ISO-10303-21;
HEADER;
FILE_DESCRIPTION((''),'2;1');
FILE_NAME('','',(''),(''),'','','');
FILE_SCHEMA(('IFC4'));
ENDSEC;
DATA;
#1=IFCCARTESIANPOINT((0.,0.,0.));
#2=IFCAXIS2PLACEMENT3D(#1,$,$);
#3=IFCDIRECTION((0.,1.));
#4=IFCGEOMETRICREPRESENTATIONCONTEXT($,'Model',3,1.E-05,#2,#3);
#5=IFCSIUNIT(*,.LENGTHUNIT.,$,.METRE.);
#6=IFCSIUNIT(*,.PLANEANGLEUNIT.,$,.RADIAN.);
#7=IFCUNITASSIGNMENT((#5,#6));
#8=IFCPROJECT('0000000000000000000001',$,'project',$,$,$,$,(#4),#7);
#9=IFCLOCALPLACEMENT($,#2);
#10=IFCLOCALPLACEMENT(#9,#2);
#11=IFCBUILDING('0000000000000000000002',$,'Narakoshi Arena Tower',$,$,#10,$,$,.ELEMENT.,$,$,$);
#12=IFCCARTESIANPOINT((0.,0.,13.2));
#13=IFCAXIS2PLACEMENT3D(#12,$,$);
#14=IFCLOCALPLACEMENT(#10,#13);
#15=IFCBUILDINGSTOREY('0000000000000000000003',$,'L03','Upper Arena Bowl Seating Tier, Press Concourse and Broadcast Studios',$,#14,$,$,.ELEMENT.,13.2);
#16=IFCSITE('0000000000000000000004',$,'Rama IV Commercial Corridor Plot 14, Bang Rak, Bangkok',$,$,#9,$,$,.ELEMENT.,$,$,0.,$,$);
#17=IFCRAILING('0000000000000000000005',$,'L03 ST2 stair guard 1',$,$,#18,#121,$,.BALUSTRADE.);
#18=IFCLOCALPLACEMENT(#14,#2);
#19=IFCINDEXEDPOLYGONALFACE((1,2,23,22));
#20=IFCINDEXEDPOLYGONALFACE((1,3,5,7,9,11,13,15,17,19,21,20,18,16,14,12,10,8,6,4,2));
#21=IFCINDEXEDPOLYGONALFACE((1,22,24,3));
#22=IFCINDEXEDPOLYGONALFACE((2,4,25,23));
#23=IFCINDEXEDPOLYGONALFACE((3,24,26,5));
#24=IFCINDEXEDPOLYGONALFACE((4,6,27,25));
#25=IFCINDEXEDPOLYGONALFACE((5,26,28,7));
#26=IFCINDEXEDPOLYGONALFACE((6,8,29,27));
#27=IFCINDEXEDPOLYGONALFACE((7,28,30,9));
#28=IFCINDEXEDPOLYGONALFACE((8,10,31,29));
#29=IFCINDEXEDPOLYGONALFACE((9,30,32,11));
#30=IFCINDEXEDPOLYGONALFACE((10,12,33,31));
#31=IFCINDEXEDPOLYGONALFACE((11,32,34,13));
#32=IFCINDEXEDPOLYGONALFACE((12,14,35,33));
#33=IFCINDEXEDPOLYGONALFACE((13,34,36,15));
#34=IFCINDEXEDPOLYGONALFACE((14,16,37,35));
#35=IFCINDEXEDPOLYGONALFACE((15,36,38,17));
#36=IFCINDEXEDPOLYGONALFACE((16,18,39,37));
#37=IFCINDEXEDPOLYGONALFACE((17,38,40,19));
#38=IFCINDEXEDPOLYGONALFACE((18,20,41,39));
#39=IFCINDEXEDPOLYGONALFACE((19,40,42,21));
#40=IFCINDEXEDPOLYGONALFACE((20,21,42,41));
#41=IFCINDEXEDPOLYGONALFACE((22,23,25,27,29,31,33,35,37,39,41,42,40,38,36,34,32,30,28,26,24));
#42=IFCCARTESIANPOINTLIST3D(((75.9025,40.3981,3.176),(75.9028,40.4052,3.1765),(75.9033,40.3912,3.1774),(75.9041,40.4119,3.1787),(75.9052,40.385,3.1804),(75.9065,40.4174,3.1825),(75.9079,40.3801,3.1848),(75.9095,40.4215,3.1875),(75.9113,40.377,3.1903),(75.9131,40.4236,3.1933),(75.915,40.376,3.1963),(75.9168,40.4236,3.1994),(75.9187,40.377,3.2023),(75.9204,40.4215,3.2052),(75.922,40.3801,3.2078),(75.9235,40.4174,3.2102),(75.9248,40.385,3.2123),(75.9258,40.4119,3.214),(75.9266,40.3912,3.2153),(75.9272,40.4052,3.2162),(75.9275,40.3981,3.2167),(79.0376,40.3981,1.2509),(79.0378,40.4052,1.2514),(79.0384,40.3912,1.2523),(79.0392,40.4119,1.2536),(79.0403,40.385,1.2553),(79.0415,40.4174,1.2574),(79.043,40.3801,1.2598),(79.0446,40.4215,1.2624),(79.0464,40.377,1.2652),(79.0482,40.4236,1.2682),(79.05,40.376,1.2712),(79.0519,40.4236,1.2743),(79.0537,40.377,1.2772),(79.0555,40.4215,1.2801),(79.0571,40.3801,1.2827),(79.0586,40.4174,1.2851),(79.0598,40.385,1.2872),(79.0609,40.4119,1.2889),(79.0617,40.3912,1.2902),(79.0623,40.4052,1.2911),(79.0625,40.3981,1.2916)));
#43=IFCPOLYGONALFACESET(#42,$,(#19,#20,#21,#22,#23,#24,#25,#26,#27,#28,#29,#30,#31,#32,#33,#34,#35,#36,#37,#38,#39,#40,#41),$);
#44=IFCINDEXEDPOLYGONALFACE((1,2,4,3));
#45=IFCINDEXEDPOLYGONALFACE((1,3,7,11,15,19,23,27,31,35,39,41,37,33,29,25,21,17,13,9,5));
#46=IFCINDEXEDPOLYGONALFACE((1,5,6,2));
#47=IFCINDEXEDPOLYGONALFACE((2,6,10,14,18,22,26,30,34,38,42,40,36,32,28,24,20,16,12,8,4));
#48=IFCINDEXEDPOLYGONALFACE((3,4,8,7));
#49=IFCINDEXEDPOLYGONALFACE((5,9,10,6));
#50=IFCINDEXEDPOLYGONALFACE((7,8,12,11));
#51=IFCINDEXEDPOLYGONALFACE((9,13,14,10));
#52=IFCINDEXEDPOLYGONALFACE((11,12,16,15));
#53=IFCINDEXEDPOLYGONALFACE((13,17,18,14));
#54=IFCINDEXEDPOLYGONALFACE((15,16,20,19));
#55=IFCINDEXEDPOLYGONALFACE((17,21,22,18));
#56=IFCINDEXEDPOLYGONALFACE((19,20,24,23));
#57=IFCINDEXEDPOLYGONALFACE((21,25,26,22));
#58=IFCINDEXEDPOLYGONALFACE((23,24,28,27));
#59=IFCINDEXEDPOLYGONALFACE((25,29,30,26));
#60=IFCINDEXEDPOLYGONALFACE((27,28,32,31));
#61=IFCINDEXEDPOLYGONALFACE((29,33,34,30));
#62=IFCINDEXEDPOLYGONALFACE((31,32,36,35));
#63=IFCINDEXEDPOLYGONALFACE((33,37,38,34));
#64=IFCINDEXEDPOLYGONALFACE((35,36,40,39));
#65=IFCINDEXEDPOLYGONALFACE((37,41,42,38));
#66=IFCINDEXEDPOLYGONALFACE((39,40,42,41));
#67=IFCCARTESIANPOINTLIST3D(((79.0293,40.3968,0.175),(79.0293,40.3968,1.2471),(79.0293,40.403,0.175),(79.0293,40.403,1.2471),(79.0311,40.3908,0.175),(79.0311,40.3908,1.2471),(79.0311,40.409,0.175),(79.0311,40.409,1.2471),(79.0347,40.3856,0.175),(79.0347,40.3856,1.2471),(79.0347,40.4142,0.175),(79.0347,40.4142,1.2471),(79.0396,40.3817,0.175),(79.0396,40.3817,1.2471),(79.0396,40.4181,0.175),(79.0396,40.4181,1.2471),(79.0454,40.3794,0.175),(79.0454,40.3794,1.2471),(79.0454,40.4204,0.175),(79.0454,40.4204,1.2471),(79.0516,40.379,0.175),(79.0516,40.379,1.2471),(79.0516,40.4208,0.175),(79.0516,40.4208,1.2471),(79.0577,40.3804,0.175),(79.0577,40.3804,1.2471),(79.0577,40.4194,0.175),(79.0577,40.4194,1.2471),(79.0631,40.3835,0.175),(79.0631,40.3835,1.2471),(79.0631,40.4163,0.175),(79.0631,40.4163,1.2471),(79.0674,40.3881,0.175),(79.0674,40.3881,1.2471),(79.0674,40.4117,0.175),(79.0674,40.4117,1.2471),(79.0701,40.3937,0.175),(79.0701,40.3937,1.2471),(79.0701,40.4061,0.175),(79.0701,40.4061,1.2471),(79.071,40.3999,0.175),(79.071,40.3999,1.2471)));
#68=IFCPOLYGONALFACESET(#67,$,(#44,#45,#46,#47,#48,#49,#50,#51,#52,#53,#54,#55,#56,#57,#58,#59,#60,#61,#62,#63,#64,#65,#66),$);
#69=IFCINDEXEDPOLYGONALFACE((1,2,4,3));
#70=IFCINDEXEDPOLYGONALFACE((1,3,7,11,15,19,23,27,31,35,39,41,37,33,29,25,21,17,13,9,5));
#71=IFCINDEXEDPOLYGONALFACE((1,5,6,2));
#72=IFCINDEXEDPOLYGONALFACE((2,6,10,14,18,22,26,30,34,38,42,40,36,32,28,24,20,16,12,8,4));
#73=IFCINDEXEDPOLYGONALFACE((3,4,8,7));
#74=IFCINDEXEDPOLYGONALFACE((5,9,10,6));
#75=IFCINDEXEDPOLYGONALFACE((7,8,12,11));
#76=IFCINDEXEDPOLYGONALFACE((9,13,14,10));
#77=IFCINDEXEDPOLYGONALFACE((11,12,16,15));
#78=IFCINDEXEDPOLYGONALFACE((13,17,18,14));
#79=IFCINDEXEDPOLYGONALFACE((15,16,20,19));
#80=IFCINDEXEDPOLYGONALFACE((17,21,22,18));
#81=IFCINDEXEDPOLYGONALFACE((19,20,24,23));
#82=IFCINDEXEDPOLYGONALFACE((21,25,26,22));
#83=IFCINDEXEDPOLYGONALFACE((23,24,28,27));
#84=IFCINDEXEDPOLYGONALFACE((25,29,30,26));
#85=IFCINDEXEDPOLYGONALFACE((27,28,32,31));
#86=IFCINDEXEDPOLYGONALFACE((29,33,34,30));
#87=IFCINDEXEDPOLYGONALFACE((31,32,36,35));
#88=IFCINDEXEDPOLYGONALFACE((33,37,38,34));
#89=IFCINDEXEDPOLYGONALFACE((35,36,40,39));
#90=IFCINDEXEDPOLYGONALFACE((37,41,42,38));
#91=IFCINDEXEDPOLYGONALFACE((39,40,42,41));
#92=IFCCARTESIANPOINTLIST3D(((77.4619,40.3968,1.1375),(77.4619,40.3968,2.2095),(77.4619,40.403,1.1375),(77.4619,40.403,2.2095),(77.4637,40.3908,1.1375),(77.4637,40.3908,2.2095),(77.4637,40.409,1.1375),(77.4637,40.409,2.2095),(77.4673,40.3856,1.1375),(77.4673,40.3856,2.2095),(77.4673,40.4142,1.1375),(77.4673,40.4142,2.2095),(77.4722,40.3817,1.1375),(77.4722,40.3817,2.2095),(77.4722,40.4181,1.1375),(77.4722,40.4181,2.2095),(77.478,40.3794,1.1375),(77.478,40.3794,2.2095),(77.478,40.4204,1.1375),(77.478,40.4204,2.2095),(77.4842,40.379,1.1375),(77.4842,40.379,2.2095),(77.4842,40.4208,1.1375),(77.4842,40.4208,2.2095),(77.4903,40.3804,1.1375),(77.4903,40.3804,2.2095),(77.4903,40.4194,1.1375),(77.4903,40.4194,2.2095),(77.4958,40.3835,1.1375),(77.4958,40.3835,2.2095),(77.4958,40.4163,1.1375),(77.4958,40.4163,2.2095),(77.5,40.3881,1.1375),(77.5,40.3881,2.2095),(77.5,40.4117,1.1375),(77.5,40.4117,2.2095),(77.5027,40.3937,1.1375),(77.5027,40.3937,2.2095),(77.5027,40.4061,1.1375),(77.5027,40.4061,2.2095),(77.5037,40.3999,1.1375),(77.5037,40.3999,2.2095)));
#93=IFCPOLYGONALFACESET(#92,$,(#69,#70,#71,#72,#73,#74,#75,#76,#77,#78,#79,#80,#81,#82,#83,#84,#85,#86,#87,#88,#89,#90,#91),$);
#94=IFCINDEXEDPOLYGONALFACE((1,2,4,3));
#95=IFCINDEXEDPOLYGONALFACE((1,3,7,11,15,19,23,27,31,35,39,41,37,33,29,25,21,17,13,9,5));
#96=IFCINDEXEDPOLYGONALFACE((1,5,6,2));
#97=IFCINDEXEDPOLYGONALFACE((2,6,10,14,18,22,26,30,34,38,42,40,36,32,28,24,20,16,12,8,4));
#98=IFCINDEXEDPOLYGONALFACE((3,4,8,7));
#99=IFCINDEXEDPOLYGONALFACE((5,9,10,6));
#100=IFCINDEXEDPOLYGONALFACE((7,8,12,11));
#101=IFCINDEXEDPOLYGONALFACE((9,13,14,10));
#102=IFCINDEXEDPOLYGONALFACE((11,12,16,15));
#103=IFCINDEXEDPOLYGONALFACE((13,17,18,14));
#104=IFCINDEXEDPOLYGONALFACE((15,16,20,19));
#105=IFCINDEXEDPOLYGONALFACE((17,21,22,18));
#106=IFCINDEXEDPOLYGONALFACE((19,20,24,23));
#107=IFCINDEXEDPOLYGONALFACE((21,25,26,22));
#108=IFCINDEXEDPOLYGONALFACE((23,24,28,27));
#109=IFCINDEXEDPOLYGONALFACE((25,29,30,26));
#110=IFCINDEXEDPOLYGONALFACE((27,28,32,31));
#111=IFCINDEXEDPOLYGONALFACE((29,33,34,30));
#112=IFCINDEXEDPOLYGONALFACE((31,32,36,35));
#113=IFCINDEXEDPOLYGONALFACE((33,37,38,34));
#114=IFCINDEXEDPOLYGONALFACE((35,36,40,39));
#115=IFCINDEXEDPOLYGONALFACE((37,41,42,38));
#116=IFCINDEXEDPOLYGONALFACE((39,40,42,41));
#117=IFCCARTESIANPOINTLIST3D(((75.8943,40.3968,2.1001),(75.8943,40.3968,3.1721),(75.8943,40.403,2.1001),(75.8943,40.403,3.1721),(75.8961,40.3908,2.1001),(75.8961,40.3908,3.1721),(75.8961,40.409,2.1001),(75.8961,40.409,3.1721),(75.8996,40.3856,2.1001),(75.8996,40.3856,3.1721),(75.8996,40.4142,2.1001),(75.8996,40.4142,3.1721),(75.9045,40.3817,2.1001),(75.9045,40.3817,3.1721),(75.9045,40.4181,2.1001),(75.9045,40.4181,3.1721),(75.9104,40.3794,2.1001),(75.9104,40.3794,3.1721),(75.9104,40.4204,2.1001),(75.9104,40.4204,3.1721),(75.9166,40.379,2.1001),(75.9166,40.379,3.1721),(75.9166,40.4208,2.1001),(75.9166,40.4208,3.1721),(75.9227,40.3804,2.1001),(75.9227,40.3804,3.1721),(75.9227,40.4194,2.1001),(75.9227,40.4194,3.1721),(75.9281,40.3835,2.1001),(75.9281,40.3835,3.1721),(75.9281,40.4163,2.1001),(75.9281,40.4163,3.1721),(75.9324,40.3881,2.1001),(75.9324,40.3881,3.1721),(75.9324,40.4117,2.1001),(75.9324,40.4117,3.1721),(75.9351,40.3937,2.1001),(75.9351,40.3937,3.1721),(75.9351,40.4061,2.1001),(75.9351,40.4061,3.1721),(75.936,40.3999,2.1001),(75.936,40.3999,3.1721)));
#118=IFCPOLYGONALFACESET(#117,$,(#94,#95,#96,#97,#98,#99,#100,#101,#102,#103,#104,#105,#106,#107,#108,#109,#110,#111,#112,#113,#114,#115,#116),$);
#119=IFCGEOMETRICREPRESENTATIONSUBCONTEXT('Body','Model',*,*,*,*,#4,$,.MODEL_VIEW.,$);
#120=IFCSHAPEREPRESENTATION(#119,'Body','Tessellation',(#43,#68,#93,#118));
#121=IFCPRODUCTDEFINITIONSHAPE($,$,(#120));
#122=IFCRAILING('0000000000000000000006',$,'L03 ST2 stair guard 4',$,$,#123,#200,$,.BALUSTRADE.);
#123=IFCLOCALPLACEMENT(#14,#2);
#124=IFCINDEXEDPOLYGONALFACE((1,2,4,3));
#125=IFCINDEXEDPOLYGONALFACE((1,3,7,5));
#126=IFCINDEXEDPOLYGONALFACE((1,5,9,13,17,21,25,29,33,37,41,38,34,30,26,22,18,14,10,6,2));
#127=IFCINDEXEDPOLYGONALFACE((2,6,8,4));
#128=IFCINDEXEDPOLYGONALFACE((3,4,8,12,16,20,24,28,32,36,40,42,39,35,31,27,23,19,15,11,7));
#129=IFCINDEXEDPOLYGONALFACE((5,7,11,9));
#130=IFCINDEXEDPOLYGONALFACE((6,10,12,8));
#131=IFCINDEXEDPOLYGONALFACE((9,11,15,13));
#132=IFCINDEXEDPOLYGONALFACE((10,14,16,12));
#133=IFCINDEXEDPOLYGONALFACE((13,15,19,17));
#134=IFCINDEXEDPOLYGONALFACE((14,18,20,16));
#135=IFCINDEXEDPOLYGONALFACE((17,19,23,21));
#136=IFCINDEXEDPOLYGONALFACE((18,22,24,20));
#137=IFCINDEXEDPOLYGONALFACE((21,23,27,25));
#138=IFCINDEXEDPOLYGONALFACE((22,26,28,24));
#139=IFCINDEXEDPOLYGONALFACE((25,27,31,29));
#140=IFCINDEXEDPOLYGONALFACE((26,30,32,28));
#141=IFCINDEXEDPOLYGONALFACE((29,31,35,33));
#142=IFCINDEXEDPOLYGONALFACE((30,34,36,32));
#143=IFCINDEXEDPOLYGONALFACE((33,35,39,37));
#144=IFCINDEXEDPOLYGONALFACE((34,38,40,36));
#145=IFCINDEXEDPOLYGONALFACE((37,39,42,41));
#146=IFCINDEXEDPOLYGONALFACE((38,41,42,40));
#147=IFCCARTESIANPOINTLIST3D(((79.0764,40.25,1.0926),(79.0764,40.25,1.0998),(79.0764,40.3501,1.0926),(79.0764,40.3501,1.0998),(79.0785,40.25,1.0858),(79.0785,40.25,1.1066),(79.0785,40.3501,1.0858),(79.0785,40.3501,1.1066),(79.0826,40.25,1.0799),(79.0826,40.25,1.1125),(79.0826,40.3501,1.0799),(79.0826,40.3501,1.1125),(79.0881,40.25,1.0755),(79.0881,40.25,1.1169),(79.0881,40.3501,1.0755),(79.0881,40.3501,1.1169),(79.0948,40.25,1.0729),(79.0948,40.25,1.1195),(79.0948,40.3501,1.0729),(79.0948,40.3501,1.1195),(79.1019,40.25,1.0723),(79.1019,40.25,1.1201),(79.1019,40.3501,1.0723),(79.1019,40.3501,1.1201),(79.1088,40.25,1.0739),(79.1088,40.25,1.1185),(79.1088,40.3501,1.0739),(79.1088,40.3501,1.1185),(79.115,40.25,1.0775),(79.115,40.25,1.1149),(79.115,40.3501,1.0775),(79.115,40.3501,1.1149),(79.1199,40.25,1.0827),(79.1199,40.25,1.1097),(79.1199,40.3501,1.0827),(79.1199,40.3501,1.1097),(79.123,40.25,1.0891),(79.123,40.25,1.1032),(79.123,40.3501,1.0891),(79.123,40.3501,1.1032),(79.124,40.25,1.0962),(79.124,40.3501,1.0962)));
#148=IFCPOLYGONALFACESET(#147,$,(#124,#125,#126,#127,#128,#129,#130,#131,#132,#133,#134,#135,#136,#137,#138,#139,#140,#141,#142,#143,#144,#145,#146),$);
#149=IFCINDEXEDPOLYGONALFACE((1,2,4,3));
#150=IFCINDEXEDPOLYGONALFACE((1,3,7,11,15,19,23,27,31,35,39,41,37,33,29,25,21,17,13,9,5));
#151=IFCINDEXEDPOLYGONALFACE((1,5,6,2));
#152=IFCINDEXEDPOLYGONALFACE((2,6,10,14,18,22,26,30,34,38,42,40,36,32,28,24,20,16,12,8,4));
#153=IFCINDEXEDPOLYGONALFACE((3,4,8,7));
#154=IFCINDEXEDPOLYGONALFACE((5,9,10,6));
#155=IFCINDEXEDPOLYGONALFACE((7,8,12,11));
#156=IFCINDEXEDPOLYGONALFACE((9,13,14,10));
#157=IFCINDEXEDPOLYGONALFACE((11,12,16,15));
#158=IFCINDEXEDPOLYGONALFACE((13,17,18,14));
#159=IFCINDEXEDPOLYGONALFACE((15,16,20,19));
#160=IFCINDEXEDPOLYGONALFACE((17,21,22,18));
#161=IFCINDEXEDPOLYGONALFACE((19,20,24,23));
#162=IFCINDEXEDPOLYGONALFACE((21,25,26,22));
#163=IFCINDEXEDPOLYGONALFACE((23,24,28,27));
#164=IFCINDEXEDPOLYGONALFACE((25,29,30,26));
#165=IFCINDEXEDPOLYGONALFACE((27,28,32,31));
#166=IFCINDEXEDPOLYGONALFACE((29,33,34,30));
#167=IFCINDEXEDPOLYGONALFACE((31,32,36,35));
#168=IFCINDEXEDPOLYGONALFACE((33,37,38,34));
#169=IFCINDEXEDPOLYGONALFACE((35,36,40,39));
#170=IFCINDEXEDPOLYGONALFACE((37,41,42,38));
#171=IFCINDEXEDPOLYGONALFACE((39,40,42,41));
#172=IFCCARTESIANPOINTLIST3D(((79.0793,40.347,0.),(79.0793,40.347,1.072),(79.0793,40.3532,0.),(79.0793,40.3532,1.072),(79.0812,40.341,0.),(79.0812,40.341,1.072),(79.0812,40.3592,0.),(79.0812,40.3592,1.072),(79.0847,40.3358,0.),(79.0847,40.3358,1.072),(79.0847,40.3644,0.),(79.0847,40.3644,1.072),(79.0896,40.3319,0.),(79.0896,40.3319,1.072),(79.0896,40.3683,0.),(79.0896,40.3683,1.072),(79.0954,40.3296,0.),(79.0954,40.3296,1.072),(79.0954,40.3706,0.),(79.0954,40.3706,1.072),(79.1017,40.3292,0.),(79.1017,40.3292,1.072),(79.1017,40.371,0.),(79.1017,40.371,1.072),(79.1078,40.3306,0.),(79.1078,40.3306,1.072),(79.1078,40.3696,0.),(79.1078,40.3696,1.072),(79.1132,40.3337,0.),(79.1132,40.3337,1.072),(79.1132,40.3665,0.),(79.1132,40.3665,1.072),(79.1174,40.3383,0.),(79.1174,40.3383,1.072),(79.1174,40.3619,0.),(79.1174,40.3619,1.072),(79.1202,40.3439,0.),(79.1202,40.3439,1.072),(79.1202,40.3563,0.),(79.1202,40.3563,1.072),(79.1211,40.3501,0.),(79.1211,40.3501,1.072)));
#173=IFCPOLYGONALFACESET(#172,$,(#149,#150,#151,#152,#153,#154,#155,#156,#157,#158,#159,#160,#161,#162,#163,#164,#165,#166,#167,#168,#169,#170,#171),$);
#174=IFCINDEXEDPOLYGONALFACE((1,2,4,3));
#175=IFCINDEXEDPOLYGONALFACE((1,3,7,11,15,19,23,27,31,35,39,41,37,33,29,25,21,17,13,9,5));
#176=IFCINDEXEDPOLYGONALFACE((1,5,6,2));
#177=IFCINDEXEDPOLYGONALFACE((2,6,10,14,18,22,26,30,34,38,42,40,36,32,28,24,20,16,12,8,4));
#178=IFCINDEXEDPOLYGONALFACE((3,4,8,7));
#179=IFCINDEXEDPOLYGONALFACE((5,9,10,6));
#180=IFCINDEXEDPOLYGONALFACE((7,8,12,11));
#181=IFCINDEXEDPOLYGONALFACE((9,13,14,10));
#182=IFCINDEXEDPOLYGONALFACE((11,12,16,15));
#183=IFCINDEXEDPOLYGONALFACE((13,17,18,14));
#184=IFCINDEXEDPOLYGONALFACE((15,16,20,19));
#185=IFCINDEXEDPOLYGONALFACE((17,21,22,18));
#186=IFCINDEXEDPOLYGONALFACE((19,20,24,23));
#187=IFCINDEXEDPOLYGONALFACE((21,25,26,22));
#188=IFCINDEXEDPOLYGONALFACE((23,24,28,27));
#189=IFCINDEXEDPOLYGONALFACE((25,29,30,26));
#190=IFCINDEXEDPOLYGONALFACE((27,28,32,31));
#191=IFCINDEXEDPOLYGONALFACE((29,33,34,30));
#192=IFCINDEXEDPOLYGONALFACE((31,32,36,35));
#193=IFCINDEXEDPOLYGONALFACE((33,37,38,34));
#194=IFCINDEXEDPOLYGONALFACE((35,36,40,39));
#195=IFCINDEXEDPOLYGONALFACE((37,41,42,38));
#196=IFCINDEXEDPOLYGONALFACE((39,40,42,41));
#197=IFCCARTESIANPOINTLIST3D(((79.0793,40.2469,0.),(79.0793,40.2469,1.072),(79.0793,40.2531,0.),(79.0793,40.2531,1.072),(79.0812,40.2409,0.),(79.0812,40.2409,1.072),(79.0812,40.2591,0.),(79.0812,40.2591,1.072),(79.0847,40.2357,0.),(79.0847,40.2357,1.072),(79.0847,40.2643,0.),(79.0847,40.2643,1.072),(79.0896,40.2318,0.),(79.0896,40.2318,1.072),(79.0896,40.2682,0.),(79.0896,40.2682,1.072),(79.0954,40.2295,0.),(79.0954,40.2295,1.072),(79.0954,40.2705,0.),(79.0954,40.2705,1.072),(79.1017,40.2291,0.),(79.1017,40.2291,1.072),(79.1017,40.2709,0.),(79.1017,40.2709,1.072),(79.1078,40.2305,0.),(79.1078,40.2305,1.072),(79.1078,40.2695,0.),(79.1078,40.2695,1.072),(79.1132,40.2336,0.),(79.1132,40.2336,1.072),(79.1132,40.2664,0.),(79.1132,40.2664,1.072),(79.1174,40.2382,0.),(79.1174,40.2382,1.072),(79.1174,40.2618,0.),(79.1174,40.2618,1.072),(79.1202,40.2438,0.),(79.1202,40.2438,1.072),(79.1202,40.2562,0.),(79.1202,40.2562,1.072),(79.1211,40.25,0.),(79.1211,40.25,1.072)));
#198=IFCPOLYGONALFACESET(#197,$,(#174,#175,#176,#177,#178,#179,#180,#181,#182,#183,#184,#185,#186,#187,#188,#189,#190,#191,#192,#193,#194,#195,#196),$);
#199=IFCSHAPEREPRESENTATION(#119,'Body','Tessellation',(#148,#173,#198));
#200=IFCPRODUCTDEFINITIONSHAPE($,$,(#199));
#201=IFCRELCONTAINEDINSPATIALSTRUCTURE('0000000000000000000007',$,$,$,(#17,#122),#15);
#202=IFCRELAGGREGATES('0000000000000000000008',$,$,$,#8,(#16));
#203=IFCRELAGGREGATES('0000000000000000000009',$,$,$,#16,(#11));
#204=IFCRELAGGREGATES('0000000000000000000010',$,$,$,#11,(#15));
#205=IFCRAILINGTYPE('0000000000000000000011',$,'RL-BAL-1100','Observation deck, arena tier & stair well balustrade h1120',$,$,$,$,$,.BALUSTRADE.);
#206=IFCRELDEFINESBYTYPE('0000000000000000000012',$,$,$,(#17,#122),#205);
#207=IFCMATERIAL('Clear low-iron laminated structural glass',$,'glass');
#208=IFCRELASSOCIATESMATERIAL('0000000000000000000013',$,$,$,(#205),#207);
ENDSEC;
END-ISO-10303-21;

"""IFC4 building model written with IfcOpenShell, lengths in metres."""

from ifc_helpers import new_model, si_unit, direction, frame, origin, origin_2d, place, context, subcontext, project, spatial, circle, extrude, material, type_object, element, save


model = new_model("IFC4")

# Units and contexts
model_context = context("Model", 3, precision=1e-05, world=origin(), true_north=direction((0.0, 1.0)))
body_context = subcontext(model_context, "Body", "Model", "MODEL_VIEW")
ifc_project = project(units=[si_unit("LENGTHUNIT", "METRE"), si_unit("PLANEANGLEUNIT", "RADIAN")], contexts=[model_context])

# Site, building, storey
site_placement = place(None, origin())
site = spatial("IfcSite", under=ifc_project, at=site_placement, Name="Rama IV Commercial Corridor Plot 14, Bang Rak, Bangkok", CompositionType="ELEMENT", RefElevation=0.0)
building_placement = place(site_placement, origin())
building = spatial("IfcBuilding", under=site, at=building_placement, Name="Narakoshi Arena Tower", CompositionType="ELEMENT")
storey_placement = place(building_placement, frame((0.0, 0.0, 13.2)))
storey = spatial("IfcBuildingStorey", under=building, at=storey_placement, Name="L03", Description="Upper Arena Bowl Seating Tier, Press Concourse and Broadcast Studios", CompositionType="ELEMENT", Elevation=13.2)

# Railings
ifc_material_1 = material(Name="Clear low-iron laminated structural glass", Category="glass")
railing_type_1 = type_object("IfcRailingType", Name="RL-BAL-1100", Description="Observation deck, arena tier & stair well balustrade h1120", PredefinedType="BALUSTRADE", material=ifc_material_1)
railing_1_placement = place(storey_placement, frame((79.05, 40.3999, 0.175)))
element("IfcRailing", 1, at=railing_1_placement, inside=storey, type_object=railing_type_1, Name="L03 ST2 stair guard 1", PredefinedType="BALUSTRADE", context=body_context, shape_type="SweptSolid", body=[
    extrude(circle(Radius=0.0239, at=origin_2d()), frame((0.0, 0.0, 1.0962), z_axis=(-0.852166, 0.0, 0.523271), x_axis=(0.0, -1.0, 0.0)), (0.0, 0.0, 1.0), 3.679),
    extrude(circle(Radius=0.021, at=origin_2d()), origin(), (0.0, 0.0, 1.0), 1.072),
    extrude(circle(Radius=0.021, at=origin_2d()), frame((-1.5674, 0.0, 0.9624)), (0.0, 0.0, 1.0), 1.072),
    extrude(circle(Radius=0.021, at=origin_2d()), frame((-3.135, 0.0, 1.925)), (0.0, 0.0, 1.0), 1.072),
])
railing_2_placement = place(storey_placement, frame((79.1001, 40.3501, 0.0)))
element("IfcRailing", 2, at=railing_2_placement, inside=storey, type_object=railing_type_1, Name="L03 ST2 stair guard 4", PredefinedType="BALUSTRADE", context=body_context, shape_type="SweptSolid", body=[
    extrude(circle(Radius=0.0239, at=origin_2d()), frame((0.0, 0.0, 1.0962), z_axis=(0.0, -1.0, 0.0), x_axis=(1.0, 0.0, 0.0)), (0.0, 0.0, 1.0), 0.1001),
    extrude(circle(Radius=0.021, at=origin_2d()), origin(), (0.0, 0.0, 1.0), 1.072),
    extrude(circle(Radius=0.021, at=origin_2d()), frame((0.0, -0.1001, 0.0)), (0.0, 0.0, 1.0), 1.072),
])

save(model, "model.ifc")
